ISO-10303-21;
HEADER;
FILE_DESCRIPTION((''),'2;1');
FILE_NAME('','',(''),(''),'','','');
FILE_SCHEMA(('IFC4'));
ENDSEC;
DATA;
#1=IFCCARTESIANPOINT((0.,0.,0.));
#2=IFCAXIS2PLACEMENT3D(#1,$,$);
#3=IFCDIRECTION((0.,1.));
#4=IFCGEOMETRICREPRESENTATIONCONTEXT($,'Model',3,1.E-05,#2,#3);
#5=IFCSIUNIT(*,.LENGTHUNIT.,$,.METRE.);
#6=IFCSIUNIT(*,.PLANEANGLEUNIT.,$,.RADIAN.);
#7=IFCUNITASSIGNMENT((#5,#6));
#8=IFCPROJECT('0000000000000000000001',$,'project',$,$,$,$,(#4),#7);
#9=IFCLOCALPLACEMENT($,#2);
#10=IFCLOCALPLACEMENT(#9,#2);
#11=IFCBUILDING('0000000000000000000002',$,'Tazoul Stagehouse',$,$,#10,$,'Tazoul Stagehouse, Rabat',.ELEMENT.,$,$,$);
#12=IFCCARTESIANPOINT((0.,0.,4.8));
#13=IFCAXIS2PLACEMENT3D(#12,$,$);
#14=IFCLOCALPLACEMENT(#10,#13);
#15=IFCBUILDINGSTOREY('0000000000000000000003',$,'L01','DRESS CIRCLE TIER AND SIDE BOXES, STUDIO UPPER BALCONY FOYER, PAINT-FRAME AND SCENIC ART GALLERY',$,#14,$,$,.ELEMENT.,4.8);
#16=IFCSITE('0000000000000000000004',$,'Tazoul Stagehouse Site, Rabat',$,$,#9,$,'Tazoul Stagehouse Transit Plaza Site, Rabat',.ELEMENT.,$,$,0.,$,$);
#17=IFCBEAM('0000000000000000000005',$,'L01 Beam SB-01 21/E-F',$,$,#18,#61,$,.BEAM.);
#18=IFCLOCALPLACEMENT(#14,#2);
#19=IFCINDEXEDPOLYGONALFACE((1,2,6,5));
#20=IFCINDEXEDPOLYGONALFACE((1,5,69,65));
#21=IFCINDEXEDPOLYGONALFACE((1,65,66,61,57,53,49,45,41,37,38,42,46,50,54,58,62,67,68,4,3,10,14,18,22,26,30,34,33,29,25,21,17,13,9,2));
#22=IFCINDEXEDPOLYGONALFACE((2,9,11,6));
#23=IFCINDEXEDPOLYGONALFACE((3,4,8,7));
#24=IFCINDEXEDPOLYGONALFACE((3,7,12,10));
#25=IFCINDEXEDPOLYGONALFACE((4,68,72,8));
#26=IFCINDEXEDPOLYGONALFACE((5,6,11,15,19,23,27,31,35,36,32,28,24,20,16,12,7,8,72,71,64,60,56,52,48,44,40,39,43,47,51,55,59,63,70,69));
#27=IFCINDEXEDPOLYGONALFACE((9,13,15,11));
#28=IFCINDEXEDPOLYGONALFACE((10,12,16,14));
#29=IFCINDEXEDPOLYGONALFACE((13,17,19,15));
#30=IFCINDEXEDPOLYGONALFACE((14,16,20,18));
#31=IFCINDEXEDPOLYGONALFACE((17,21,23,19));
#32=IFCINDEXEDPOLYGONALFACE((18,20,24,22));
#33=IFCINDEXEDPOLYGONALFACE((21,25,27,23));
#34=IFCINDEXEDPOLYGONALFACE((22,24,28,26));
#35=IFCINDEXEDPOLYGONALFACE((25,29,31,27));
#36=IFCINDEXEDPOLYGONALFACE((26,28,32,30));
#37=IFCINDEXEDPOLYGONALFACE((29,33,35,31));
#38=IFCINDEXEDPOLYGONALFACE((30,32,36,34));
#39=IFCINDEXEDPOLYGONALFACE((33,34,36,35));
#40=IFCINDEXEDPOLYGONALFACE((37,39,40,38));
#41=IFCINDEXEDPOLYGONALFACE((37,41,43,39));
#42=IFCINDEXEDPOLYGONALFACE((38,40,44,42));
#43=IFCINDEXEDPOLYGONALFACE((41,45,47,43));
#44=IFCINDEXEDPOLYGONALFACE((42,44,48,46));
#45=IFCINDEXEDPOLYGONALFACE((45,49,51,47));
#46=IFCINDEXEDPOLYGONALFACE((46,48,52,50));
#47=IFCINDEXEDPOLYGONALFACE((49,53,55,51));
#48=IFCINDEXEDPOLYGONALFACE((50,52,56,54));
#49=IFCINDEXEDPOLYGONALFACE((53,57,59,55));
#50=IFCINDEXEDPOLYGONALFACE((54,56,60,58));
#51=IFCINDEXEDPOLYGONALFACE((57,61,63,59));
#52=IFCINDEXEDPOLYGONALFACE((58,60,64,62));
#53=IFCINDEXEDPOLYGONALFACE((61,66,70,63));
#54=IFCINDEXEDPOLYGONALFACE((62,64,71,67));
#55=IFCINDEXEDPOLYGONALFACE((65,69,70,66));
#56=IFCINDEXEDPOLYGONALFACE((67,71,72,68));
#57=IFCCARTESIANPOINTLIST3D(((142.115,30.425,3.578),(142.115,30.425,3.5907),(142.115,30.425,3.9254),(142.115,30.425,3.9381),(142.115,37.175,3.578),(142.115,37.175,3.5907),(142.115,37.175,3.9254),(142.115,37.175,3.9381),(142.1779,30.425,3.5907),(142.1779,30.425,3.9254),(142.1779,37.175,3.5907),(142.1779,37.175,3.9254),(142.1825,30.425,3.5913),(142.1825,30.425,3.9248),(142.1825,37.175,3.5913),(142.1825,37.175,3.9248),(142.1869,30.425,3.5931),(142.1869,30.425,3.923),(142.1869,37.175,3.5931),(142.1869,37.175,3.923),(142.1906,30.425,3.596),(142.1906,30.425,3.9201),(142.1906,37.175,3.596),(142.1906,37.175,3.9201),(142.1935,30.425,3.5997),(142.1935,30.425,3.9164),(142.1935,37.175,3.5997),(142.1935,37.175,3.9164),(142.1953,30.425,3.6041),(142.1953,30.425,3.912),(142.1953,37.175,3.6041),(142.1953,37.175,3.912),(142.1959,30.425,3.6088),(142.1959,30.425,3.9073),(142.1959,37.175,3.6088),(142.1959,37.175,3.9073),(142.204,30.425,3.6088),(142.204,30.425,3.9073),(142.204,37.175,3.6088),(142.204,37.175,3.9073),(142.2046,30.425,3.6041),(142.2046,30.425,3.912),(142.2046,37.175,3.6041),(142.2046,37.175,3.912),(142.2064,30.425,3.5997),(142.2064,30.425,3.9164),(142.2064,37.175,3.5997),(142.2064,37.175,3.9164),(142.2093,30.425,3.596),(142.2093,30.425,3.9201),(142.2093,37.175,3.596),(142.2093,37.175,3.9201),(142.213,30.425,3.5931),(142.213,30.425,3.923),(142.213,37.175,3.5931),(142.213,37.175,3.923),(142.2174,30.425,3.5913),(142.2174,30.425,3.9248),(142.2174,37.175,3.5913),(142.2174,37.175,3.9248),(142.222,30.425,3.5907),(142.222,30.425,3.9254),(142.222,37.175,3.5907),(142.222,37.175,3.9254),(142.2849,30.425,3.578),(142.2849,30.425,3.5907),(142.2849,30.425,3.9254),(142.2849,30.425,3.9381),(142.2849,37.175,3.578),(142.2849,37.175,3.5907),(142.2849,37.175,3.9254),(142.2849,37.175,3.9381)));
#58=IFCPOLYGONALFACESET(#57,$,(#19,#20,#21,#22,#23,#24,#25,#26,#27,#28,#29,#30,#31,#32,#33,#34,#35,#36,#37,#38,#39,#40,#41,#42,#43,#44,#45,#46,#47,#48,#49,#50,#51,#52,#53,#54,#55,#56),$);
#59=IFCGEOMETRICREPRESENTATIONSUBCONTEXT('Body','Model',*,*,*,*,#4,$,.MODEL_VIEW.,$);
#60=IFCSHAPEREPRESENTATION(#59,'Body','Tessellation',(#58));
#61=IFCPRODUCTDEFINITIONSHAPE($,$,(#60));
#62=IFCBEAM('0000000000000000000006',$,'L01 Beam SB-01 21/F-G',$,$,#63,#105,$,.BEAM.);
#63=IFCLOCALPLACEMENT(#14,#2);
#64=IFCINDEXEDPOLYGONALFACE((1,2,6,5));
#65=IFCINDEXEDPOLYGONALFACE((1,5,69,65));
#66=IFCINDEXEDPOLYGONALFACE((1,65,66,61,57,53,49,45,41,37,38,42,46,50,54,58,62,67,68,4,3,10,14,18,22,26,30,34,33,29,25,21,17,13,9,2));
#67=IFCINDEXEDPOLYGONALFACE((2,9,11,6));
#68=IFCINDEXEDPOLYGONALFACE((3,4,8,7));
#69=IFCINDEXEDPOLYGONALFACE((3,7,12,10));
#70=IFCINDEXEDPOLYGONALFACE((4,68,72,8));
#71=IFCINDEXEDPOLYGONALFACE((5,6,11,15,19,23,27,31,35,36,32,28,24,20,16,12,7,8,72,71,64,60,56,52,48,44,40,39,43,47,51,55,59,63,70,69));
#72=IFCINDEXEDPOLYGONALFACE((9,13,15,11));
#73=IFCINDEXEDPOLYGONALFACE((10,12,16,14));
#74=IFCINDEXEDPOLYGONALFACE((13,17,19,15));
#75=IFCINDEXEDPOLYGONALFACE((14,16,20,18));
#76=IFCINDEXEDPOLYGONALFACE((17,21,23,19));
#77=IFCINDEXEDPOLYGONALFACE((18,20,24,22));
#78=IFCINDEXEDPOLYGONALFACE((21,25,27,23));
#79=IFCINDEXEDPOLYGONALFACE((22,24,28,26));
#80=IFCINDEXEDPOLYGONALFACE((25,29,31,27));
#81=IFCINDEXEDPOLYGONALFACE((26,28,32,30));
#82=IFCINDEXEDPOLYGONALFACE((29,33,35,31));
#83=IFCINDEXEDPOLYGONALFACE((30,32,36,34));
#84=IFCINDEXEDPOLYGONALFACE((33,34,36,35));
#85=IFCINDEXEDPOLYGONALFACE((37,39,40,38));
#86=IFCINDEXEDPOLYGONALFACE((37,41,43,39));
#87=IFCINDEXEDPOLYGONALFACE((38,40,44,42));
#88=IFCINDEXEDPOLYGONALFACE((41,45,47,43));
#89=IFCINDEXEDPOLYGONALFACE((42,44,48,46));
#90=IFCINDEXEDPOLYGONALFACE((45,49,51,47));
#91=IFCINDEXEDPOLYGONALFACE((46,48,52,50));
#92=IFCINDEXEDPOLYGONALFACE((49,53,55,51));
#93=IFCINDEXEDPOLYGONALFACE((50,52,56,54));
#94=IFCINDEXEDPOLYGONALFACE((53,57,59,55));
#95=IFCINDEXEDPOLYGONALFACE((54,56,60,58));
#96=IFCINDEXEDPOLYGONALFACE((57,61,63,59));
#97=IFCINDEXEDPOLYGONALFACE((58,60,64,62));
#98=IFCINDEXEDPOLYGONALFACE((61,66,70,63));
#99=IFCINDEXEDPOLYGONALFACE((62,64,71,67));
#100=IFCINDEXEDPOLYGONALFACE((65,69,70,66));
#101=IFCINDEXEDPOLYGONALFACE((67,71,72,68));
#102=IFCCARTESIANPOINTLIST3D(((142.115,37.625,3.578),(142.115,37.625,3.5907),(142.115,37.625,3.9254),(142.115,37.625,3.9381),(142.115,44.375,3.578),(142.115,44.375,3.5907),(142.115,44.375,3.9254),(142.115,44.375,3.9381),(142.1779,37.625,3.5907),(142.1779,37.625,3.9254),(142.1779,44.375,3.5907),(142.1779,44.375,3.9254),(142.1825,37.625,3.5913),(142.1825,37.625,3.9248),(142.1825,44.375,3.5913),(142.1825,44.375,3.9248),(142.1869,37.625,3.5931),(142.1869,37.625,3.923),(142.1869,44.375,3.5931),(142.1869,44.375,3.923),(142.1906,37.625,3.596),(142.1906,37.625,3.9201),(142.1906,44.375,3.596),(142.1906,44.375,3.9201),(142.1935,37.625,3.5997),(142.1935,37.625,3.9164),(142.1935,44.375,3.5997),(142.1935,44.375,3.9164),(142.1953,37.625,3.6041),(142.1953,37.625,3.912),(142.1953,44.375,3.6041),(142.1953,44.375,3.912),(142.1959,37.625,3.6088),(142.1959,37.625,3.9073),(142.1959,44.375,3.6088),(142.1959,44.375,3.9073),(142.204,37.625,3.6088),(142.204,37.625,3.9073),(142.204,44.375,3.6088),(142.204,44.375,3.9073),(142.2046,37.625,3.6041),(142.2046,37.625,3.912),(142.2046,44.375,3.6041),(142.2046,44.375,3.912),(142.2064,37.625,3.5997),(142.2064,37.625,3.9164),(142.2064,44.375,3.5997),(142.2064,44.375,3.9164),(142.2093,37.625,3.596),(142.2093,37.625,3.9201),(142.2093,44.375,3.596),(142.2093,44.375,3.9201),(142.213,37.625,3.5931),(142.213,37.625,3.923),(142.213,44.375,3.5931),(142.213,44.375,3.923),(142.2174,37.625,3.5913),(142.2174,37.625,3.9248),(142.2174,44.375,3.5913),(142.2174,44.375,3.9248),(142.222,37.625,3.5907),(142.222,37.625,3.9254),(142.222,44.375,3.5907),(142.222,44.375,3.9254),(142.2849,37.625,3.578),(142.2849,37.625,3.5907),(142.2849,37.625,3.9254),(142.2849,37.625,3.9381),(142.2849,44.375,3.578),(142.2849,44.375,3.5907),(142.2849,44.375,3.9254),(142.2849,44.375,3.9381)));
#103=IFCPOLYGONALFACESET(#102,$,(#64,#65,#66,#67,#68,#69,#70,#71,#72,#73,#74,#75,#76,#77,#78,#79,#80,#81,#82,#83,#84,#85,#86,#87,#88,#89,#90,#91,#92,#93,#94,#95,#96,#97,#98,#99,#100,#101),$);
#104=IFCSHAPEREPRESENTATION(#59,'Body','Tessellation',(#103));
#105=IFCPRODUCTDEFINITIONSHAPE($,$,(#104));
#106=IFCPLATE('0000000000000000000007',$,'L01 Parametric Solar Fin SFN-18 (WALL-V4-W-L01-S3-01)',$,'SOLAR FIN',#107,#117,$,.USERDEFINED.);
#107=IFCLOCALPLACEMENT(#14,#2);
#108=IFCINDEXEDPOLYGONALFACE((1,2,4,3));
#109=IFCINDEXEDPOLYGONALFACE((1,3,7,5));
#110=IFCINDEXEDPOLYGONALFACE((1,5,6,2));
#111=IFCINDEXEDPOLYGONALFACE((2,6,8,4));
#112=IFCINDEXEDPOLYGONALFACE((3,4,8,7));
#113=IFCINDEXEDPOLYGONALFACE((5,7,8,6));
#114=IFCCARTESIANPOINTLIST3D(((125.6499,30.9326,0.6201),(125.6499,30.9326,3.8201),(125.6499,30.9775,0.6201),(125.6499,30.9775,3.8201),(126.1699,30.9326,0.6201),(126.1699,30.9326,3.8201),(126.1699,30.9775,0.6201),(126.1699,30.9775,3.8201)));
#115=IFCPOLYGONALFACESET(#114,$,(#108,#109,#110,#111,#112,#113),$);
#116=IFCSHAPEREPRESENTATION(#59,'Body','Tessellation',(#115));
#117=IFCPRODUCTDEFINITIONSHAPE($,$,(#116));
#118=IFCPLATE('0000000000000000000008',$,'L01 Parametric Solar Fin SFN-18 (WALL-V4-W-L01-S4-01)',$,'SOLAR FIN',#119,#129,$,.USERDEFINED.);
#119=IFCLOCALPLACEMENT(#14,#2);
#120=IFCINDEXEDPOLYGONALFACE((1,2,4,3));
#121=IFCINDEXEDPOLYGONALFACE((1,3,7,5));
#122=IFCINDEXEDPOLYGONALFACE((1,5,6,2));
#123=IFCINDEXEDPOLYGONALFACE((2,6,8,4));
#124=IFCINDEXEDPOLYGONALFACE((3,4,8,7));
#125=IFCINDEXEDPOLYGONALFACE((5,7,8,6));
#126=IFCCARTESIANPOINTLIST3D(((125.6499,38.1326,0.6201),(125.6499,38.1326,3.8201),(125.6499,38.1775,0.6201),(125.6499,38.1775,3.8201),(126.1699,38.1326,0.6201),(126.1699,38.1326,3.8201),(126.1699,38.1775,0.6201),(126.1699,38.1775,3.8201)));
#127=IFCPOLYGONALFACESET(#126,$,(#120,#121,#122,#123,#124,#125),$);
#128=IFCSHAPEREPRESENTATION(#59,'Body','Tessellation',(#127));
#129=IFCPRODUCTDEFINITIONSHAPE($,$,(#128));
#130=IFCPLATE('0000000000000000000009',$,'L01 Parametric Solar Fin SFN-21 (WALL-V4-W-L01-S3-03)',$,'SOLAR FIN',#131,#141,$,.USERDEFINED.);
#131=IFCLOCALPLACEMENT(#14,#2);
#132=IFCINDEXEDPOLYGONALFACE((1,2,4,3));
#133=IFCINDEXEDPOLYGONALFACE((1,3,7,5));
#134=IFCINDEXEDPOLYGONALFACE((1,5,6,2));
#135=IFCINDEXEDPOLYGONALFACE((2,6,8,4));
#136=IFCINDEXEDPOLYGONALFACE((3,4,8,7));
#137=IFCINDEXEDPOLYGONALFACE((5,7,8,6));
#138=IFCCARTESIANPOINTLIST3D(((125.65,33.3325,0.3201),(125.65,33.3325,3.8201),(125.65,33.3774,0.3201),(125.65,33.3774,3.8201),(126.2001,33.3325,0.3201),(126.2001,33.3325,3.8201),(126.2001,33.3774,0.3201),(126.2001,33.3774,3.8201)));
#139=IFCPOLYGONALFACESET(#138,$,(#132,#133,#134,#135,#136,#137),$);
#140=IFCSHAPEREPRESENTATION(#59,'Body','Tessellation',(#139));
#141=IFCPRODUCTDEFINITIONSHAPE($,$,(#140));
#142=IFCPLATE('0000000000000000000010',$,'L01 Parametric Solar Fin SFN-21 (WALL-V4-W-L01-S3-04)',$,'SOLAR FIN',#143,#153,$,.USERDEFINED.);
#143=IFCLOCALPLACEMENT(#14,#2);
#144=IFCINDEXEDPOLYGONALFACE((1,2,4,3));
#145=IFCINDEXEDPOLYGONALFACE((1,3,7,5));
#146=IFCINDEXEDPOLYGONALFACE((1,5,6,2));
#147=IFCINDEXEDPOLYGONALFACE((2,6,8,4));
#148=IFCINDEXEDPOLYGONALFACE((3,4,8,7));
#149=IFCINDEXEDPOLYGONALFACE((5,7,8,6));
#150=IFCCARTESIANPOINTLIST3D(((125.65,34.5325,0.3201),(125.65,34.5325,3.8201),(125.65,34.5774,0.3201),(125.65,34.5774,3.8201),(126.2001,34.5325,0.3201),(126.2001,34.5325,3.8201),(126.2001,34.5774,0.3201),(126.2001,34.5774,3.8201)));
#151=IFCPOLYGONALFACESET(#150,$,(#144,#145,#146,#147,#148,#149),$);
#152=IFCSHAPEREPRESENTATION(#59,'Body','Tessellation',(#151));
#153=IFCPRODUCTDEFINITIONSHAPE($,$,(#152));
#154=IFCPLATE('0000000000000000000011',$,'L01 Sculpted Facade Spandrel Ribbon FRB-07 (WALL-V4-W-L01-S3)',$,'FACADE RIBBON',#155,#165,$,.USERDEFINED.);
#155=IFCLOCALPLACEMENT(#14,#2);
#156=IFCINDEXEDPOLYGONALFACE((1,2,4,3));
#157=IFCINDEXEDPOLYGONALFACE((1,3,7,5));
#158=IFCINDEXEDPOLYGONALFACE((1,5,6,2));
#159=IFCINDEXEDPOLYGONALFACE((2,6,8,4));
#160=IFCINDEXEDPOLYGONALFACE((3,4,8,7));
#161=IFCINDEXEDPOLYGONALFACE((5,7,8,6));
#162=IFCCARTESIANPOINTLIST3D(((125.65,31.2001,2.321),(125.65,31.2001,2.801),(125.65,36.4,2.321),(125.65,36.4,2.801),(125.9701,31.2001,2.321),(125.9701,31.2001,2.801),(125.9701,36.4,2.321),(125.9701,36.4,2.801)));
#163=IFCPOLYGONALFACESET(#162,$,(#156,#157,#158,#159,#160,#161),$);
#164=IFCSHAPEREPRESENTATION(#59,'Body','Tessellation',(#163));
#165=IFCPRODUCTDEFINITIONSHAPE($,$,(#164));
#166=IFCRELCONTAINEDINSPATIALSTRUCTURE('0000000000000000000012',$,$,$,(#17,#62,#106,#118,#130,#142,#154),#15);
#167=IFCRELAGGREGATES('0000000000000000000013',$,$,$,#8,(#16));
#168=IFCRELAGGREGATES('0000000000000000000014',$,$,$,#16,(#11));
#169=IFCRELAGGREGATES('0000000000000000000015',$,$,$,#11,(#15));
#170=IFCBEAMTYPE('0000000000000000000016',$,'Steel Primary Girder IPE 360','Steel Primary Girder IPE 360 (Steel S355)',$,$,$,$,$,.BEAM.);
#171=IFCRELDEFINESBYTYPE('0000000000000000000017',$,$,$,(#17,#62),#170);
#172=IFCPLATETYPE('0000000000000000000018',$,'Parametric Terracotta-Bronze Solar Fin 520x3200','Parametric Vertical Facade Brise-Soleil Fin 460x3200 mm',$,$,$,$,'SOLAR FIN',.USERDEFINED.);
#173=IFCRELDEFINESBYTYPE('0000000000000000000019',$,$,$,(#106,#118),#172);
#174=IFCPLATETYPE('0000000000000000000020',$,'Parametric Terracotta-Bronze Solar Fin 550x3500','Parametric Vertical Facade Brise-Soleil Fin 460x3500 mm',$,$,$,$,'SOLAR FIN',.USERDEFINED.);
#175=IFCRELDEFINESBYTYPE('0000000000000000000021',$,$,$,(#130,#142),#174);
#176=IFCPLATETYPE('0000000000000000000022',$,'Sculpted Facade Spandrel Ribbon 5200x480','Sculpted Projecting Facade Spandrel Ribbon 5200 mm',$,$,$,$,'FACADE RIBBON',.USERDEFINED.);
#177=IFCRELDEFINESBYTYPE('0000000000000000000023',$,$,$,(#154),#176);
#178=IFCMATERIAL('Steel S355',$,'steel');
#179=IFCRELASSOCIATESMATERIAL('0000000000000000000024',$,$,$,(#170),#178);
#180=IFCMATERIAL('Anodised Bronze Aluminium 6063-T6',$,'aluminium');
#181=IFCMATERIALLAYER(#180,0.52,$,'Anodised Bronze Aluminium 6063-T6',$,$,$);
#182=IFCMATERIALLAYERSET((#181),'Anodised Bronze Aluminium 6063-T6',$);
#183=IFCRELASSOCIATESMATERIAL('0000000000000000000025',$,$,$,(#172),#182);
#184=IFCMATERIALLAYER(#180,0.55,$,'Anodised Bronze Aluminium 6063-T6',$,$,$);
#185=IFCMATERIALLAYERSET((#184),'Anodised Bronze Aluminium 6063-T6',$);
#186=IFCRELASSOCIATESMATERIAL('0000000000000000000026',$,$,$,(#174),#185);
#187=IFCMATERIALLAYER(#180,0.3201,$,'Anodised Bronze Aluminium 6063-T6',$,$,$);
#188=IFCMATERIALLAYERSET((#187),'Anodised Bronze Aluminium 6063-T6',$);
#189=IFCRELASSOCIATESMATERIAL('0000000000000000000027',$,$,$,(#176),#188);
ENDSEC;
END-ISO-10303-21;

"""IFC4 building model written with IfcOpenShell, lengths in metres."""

from ifc_helpers import new_model, si_unit, direction, frame, origin, origin_2d, place, context, subcontext, project, spatial, rectangle, i_section, extrude, material, layer, layer_set, material_profile, profile_set, type_object, element, save


model = new_model("IFC4")

# Units and contexts
model_context = context("Model", 3, precision=1e-05, world=origin(), true_north=direction((0.0, 1.0)))
body_context = subcontext(model_context, "Body", "Model", "MODEL_VIEW")
ifc_project = project(units=[si_unit("LENGTHUNIT", "METRE"), si_unit("PLANEANGLEUNIT", "RADIAN")], contexts=[model_context])

# Site, building, storey
site_placement = place(None, origin())
site = spatial("IfcSite", under=ifc_project, at=site_placement, Name="Tazoul Stagehouse Site, Rabat", LongName="Tazoul Stagehouse Transit Plaza Site, Rabat", CompositionType="ELEMENT", RefElevation=0.0)
building_placement = place(site_placement, origin())
building = spatial("IfcBuilding", under=site, at=building_placement, Name="Tazoul Stagehouse", LongName="Tazoul Stagehouse, Rabat", CompositionType="ELEMENT")
storey_placement = place(building_placement, frame((0.0, 0.0, 4.8)))
storey = spatial("IfcBuildingStorey", under=building, at=storey_placement, Name="L01", Description="DRESS CIRCLE TIER AND SIDE BOXES, STUDIO UPPER BALCONY FOYER, PAINT-FRAME AND SCENIC ART GALLERY", CompositionType="ELEMENT", Elevation=4.8)

# Beams
ifc_material_1 = material(Name="Steel S355", Category="steel")
ifc_material_profile_1 = material_profile(ifc_material_1, i_section(OverallWidth=0.1699, OverallDepth=0.3601, WebThickness=0.0081, FlangeThickness=0.0127, FilletRadius=0.0181, at=origin_2d()), Name="IPE 360")
ifc_profile_set_1 = profile_set([ifc_material_profile_1], Name="Steel S355")
beam_type_1 = type_object("IfcBeamType", Name="Steel Primary Girder IPE 360", Description="Steel Primary Girder IPE 360 (Steel S355)", PredefinedType="BEAM", material=ifc_profile_set_1)
for number, where, z_axis, x_axis, name in (
    (1, (142.2, 30.425, 3.7581), (0.0, 1.0, 0.0), (-1.0, 0.0, 0.0), "L01 Beam SB-01 21/E-F"),
    (2, (142.2, 37.625, 3.7581), (0.0, 1.0, 0.0), (-1.0, 0.0, 0.0), "L01 Beam SB-01 21/F-G"),
):
    element("IfcBeam", number, at=place(storey_placement, frame(where, z_axis=z_axis, x_axis=x_axis)), inside=storey, type_object=beam_type_1, Name=name, PredefinedType="BEAM", context=body_context, shape_type="SweptSolid", body=[
        extrude(i_section(OverallWidth=0.1699, OverallDepth=0.3601, WebThickness=0.0081, FlangeThickness=0.0127, FilletRadius=0.0181, at=origin_2d()), origin(), (0.0, 0.0, 1.0), 6.75),
    ])

# Plates
ifc_material_2 = material(Name="Anodised Bronze Aluminium 6063-T6", Category="aluminium")
ifc_layer_1 = layer(ifc_material_2, 0.52, Name="Anodised Bronze Aluminium 6063-T6")
ifc_layer_set_1 = layer_set([ifc_layer_1], Name="Anodised Bronze Aluminium 6063-T6")
plate_type_1 = type_object("IfcPlateType", Name="Parametric Terracotta-Bronze Solar Fin 520x3200", Description="Parametric Vertical Facade Brise-Soleil Fin 460x3200 mm", ElementType="SOLAR FIN", PredefinedType="USERDEFINED", material=ifc_layer_set_1)
for number, where, z_axis, x_axis, name in (
    (3, (125.9099, 30.9551, 0.6201), (0.0, 0.0, 1.0), (0.0, 1.0, 0.0), "L01 Parametric Solar Fin SFN-18 (WALL-V4-W-L01-S3-01)"),
    (4, (125.9099, 38.155, 0.6201), (0.0, 0.0, 1.0), (0.0, 1.0, 0.0), "L01 Parametric Solar Fin SFN-18 (WALL-V4-W-L01-S4-01)"),
):
    element("IfcPlate", number, at=place(storey_placement, frame(where, z_axis=z_axis, x_axis=x_axis)), inside=storey, type_object=plate_type_1, Name=name, ObjectType="SOLAR FIN", PredefinedType="USERDEFINED", context=body_context, shape_type="SweptSolid", body=[
        extrude(rectangle(XDim=0.0449, YDim=0.52, at=origin_2d()), origin(), (0.0, 0.0, 1.0), 3.2),
    ])
ifc_layer_2 = layer(ifc_material_2, 0.55, Name="Anodised Bronze Aluminium 6063-T6")
ifc_layer_set_2 = layer_set([ifc_layer_2], Name="Anodised Bronze Aluminium 6063-T6")
plate_type_2 = type_object("IfcPlateType", Name="Parametric Terracotta-Bronze Solar Fin 550x3500", Description="Parametric Vertical Facade Brise-Soleil Fin 460x3500 mm", ElementType="SOLAR FIN", PredefinedType="USERDEFINED", material=ifc_layer_set_2)
for number, where, z_axis, x_axis, name in (
    (5, (125.925, 33.355, 0.3201), (0.0, 0.0, 1.0), (0.0, 1.0, 0.0), "L01 Parametric Solar Fin SFN-21 (WALL-V4-W-L01-S3-03)"),
    (6, (125.925, 34.5549, 0.3201), (0.0, 0.0, 1.0), (0.0, 1.0, 0.0), "L01 Parametric Solar Fin SFN-21 (WALL-V4-W-L01-S3-04)"),
):
    element("IfcPlate", number, at=place(storey_placement, frame(where, z_axis=z_axis, x_axis=x_axis)), inside=storey, type_object=plate_type_2, Name=name, ObjectType="SOLAR FIN", PredefinedType="USERDEFINED", context=body_context, shape_type="SweptSolid", body=[
        extrude(rectangle(XDim=0.0449, YDim=0.55, at=origin_2d()), origin(), (0.0, 0.0, 1.0), 3.5),
    ])
ifc_layer_3 = layer(ifc_material_2, 0.3201, Name="Anodised Bronze Aluminium 6063-T6")
ifc_layer_set_3 = layer_set([ifc_layer_3], Name="Anodised Bronze Aluminium 6063-T6")
plate_type_3 = type_object("IfcPlateType", Name="Sculpted Facade Spandrel Ribbon 5200x480", Description="Sculpted Projecting Facade Spandrel Ribbon 5200 mm", ElementType="FACADE RIBBON", PredefinedType="USERDEFINED", material=ifc_layer_set_3)
plate_placement = place(storey_placement, frame((125.8101, 33.8, 2.321), z_axis=(0.0, 0.0, 1.0), x_axis=(0.0, 1.0, 0.0)))
element("IfcPlate", 7, at=plate_placement, inside=storey, type_object=plate_type_3, Name="L01 Sculpted Facade Spandrel Ribbon FRB-07 (WALL-V4-W-L01-S3)", ObjectType="FACADE RIBBON", PredefinedType="USERDEFINED", context=body_context, shape_type="SweptSolid", body=[
    extrude(rectangle(XDim=5.2, YDim=0.3201, at=origin_2d()), origin(), (0.0, 0.0, 1.0), 0.48),
])

save(model, "model.ifc")
